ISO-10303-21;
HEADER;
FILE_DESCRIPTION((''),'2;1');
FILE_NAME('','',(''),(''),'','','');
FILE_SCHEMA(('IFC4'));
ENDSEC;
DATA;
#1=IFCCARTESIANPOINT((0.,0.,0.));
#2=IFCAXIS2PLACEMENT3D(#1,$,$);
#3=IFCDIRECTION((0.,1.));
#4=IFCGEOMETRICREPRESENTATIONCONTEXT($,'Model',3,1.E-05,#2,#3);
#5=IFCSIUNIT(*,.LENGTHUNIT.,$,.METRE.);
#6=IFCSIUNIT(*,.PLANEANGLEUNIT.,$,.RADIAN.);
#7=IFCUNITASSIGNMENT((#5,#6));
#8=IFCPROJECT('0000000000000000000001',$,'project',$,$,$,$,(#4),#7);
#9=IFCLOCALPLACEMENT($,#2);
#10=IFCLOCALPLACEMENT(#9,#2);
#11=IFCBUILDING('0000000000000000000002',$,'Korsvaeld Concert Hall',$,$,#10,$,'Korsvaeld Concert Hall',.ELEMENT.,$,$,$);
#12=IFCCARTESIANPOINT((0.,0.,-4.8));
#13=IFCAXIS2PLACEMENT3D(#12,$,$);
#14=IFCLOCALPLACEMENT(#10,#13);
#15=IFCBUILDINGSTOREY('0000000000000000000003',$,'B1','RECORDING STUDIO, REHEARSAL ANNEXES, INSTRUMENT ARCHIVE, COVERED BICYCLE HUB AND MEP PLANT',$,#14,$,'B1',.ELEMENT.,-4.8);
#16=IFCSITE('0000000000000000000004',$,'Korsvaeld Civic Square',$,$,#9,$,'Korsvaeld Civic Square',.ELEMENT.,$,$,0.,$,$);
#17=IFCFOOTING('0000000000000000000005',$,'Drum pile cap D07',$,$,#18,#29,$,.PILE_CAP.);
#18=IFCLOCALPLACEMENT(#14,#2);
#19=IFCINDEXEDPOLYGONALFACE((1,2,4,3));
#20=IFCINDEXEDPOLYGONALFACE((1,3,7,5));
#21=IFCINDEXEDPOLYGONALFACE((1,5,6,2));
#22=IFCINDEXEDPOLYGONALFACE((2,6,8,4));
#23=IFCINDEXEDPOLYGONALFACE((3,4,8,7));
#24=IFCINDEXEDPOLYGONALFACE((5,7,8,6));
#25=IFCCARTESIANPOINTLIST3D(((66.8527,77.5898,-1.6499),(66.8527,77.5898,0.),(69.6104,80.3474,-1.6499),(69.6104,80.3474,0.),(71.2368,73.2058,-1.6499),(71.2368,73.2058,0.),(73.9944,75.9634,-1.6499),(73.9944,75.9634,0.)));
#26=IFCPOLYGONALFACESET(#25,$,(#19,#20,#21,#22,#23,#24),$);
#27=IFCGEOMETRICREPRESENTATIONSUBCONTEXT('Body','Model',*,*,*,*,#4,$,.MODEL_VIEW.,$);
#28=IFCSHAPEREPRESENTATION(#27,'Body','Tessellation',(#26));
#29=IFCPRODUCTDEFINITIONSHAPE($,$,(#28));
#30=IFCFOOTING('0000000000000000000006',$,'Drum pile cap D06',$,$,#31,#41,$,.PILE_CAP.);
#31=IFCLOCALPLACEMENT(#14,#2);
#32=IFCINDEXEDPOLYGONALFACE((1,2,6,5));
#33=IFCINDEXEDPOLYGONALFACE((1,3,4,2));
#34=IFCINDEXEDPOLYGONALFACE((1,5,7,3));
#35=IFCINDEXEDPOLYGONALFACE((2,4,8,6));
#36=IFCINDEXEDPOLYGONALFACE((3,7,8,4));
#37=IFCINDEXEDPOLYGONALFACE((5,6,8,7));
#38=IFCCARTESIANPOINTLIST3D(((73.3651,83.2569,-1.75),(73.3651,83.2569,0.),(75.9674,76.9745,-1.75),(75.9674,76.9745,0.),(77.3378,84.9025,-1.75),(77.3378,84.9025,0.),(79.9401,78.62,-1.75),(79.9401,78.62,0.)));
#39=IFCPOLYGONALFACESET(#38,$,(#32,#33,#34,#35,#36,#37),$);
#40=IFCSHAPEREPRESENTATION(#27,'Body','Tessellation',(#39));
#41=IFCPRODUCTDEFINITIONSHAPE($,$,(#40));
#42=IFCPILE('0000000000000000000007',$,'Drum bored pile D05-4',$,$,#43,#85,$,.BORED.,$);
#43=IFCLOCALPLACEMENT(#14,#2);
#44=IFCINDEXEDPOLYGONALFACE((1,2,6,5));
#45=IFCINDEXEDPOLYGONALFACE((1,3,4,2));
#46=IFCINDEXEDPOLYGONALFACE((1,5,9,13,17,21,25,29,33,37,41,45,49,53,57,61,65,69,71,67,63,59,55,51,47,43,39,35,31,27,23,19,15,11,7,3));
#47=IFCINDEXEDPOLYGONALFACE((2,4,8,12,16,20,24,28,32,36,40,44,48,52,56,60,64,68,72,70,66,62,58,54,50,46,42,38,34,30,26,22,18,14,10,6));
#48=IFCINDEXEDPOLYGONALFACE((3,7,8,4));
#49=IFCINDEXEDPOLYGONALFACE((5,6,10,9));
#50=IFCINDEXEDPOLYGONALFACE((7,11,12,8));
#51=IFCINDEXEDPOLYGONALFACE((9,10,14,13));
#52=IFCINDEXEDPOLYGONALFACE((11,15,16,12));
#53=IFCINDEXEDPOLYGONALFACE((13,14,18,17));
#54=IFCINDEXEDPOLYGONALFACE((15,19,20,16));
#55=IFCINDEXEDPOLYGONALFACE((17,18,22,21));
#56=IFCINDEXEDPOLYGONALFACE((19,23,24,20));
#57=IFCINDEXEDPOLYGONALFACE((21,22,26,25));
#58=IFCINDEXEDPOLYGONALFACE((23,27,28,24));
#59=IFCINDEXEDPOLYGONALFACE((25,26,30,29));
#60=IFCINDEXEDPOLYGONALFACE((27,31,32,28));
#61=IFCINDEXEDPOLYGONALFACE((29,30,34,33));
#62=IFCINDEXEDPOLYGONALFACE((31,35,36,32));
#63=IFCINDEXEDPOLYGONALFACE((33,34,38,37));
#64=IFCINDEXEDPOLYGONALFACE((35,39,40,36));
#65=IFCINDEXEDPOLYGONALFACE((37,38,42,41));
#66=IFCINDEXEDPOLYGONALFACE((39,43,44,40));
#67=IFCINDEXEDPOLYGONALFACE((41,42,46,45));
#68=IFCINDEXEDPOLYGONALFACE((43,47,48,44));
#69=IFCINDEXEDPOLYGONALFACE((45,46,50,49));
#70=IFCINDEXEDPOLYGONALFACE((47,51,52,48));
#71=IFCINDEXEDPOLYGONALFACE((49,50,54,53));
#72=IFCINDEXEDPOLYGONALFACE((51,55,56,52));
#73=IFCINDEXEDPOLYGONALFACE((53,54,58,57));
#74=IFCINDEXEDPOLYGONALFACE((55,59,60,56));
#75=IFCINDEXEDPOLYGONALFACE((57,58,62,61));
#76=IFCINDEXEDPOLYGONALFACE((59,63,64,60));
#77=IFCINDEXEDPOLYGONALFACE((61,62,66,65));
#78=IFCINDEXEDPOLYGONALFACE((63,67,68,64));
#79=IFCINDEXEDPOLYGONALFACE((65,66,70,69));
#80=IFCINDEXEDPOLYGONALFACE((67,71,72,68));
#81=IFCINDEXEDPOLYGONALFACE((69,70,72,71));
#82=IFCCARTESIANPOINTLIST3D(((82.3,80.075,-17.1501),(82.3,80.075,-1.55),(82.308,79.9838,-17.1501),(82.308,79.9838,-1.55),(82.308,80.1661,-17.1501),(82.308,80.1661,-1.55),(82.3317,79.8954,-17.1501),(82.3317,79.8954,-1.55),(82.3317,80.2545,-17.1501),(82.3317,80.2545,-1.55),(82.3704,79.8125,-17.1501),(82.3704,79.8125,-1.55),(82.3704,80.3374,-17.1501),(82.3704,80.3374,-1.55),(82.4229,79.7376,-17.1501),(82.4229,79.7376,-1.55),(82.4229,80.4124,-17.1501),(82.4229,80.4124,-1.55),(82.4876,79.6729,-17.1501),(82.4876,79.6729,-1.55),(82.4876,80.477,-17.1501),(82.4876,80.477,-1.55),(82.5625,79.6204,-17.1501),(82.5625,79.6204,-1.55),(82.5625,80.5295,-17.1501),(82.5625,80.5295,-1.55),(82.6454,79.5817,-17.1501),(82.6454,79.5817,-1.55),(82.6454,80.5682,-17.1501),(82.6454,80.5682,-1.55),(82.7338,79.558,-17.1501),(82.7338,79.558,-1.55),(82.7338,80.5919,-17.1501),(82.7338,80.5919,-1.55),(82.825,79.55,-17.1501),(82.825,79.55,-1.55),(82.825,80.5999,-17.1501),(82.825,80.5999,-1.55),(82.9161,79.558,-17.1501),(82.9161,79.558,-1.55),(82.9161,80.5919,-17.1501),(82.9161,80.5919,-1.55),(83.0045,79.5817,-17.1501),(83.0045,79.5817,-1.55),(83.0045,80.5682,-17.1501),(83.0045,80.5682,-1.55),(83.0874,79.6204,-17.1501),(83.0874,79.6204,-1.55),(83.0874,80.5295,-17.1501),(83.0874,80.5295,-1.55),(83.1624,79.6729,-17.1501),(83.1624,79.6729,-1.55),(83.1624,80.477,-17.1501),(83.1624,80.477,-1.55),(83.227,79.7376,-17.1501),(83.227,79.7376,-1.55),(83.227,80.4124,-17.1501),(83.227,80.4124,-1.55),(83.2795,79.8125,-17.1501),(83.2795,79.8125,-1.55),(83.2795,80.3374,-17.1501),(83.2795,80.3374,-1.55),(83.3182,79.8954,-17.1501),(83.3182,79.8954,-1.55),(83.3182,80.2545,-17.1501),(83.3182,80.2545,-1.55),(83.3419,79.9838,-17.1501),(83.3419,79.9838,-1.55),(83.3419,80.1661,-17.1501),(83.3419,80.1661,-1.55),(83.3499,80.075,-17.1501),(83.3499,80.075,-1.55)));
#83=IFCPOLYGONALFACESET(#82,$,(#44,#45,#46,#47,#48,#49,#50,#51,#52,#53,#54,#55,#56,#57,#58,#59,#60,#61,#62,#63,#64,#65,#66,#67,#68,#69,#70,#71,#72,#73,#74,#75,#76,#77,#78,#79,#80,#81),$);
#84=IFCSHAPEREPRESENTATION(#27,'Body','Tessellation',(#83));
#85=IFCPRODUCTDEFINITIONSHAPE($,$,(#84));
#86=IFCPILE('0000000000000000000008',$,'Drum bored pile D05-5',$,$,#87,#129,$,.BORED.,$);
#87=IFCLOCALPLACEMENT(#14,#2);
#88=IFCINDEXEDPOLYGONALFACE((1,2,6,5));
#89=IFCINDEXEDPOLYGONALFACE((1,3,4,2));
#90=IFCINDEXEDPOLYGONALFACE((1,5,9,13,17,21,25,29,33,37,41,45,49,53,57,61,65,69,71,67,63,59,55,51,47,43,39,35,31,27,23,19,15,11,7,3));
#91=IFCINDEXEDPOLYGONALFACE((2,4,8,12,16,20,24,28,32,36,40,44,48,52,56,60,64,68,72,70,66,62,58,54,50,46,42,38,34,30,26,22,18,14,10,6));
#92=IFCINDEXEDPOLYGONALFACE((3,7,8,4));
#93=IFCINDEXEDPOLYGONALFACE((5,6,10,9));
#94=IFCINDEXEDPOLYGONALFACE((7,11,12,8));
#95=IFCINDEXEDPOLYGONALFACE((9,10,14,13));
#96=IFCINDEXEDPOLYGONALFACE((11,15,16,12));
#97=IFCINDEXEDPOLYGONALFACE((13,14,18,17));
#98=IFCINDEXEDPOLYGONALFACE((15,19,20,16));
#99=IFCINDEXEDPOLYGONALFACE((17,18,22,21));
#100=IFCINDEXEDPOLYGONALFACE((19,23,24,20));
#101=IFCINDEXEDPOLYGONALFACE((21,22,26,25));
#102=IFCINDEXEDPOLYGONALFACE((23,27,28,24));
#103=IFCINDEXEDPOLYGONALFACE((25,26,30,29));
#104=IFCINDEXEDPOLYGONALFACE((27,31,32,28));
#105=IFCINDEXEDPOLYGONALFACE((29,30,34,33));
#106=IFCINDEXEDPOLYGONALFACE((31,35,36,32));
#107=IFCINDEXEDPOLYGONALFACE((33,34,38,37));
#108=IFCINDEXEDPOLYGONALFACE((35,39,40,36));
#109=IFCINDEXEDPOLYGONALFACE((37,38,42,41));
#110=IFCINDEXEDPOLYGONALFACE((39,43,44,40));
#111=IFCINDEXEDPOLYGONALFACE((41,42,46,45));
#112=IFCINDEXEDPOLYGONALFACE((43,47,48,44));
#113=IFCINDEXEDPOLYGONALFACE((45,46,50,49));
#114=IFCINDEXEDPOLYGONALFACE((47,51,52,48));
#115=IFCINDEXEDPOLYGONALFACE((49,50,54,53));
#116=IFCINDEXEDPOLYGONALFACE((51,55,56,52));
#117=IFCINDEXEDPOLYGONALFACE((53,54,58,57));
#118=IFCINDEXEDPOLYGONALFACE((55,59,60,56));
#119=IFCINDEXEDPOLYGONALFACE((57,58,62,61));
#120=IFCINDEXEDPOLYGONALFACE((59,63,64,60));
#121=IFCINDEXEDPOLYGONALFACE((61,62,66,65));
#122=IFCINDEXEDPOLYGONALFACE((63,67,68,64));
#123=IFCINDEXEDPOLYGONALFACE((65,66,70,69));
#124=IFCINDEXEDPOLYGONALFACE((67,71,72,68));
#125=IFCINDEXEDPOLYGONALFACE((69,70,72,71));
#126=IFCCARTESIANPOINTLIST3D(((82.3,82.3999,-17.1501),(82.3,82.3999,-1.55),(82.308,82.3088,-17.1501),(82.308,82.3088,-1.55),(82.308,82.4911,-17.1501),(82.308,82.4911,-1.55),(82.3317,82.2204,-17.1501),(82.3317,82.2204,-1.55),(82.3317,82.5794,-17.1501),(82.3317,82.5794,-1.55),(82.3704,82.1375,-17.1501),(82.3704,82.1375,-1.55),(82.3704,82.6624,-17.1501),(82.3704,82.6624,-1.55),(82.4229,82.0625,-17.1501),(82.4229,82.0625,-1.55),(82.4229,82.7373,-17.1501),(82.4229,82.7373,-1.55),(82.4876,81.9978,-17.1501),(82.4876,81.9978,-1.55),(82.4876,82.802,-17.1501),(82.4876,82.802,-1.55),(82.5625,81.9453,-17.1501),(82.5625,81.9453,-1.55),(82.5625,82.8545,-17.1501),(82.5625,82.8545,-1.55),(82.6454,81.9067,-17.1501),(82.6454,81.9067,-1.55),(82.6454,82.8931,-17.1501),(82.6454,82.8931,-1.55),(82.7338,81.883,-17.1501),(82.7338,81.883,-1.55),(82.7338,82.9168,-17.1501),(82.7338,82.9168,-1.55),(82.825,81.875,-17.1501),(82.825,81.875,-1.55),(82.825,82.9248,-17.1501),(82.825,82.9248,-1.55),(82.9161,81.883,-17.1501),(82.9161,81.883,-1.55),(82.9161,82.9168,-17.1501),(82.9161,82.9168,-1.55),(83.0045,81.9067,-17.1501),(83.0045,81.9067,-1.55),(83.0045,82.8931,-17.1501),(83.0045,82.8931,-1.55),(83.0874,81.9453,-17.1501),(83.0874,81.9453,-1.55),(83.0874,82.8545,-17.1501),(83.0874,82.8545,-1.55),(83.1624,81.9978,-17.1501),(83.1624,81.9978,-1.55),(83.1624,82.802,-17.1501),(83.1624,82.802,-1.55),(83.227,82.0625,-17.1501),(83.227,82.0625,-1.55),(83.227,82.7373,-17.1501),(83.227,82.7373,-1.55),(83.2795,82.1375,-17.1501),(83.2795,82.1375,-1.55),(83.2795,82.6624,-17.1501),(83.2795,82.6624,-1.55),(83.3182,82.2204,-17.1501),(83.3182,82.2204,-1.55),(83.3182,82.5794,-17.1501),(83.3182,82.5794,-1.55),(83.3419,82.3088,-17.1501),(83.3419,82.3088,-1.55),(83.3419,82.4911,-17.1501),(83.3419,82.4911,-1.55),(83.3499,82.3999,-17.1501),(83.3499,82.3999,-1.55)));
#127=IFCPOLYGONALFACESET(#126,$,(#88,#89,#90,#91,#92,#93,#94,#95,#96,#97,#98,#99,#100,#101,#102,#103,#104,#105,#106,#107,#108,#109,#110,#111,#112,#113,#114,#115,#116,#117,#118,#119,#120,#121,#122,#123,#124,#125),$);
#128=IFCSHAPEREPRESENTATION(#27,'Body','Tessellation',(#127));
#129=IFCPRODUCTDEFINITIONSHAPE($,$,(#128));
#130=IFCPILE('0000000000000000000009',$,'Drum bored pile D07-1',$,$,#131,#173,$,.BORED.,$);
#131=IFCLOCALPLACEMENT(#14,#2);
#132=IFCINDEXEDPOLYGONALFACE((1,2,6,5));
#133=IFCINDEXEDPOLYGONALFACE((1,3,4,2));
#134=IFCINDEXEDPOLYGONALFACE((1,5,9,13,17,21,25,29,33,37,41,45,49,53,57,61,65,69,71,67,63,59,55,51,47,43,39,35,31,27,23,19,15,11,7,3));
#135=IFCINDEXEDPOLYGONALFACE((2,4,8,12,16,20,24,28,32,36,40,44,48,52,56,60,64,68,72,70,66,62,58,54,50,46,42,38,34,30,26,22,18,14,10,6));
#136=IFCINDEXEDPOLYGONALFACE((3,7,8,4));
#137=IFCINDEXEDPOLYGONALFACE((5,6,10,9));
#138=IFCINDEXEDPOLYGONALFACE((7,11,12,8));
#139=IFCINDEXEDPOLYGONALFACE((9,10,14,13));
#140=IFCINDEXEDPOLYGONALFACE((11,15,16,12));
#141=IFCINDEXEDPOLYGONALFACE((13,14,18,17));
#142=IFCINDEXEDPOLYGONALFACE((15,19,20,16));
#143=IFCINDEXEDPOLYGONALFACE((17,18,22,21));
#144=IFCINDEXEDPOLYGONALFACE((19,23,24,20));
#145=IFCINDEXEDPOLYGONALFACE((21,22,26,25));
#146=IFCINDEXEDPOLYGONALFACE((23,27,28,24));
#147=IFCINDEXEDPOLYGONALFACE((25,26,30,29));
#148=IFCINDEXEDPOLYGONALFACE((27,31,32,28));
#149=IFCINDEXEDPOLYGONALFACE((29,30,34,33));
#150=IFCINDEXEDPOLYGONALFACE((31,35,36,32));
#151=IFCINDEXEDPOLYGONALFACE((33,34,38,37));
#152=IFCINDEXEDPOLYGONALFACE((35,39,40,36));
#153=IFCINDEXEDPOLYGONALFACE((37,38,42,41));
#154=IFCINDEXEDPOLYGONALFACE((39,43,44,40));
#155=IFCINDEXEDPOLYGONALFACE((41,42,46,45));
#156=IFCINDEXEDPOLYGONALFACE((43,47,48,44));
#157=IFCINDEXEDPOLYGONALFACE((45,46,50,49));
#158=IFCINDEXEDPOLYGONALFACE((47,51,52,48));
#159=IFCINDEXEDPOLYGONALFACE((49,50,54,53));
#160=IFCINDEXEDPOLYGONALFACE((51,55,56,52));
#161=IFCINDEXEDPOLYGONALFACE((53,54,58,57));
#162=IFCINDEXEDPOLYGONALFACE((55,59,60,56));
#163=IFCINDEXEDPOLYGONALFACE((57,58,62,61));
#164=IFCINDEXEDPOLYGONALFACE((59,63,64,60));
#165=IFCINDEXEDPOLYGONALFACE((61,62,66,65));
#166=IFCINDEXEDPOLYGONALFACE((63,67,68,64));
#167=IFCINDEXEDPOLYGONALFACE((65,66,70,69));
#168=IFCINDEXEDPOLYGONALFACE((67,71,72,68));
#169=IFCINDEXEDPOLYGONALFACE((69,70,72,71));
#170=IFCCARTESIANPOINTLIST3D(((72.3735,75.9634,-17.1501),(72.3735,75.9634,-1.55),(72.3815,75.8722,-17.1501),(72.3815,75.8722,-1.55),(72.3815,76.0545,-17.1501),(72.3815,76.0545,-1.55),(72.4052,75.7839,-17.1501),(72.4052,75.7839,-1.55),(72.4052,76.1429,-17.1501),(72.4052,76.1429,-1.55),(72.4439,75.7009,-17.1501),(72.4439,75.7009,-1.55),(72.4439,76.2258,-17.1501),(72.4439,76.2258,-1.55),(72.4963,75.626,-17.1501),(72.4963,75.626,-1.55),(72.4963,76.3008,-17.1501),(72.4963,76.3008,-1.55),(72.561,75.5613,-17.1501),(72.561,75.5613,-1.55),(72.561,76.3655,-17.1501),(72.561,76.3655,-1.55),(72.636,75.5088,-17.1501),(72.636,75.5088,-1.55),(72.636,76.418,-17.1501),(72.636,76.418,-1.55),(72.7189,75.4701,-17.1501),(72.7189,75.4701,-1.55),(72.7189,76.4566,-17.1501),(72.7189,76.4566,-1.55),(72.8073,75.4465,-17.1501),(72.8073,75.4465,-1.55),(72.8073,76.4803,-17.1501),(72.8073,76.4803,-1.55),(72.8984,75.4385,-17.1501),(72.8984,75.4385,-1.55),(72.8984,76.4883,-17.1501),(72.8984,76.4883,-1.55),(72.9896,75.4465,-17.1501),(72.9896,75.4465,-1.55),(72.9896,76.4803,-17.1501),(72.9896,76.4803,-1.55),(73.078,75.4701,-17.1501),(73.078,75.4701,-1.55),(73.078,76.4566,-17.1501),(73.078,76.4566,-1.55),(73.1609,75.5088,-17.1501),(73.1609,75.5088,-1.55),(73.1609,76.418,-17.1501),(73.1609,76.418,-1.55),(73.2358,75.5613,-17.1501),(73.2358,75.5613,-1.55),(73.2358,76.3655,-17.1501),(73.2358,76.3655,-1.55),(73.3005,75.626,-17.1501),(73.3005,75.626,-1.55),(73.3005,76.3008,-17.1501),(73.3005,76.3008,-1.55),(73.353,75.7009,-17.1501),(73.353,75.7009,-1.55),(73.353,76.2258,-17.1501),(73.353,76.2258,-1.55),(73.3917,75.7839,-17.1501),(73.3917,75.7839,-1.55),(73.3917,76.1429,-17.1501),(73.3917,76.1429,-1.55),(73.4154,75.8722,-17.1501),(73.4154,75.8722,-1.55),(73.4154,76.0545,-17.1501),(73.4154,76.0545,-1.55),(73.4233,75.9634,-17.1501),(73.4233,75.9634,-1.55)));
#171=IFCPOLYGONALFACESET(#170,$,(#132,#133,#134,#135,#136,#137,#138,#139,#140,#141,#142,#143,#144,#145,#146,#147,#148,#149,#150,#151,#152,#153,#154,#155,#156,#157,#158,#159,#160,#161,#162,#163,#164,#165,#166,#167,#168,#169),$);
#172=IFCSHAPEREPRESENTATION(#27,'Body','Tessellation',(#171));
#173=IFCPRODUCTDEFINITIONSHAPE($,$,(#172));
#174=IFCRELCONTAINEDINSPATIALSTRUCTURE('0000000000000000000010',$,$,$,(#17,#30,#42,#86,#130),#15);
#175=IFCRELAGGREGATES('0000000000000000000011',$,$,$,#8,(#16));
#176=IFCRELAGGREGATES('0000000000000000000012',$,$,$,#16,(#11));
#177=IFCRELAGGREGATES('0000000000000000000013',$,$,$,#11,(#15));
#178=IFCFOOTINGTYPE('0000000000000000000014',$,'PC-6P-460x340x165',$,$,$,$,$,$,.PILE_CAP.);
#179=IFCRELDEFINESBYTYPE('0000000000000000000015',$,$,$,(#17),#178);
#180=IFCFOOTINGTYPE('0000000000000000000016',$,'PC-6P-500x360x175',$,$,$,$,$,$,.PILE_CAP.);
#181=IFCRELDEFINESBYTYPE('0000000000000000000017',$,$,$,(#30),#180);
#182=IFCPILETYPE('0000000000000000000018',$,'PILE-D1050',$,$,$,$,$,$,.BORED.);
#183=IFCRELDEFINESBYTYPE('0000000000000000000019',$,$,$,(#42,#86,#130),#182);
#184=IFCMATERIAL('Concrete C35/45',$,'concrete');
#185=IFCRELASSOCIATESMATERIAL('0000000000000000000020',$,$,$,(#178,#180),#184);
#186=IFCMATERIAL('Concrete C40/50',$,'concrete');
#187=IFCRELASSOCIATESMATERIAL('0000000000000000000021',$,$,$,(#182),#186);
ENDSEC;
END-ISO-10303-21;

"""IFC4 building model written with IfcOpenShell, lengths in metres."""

from ifc_helpers import new_model, si_unit, direction, frame, origin, origin_2d, place, context, subcontext, project, spatial, rectangle, circle, extrude, material, material_profile, profile_set, type_object, element, save


model = new_model("IFC4")

# Units and contexts
model_context = context("Model", 3, precision=1e-05, world=origin(), true_north=direction((0.0, 1.0)))
body_context = subcontext(model_context, "Body", "Model", "MODEL_VIEW")
ifc_project = project(units=[si_unit("LENGTHUNIT", "METRE"), si_unit("PLANEANGLEUNIT", "RADIAN")], contexts=[model_context])

# Site, building, storey
site_placement = place(None, origin())
site = spatial("IfcSite", under=ifc_project, at=site_placement, Name="Korsvaeld Civic Square", LongName="Korsvaeld Civic Square", CompositionType="ELEMENT", RefElevation=0.0)
building_placement = place(site_placement, origin())
building = spatial("IfcBuilding", under=site, at=building_placement, Name="Korsvaeld Concert Hall", LongName="Korsvaeld Concert Hall", CompositionType="ELEMENT")
storey_placement = place(building_placement, frame((0.0, 0.0, -4.8)))
storey = spatial("IfcBuildingStorey", under=building, at=storey_placement, Name="B1", Description="RECORDING STUDIO, REHEARSAL ANNEXES, INSTRUMENT ARCHIVE, COVERED BICYCLE HUB AND MEP PLANT", LongName="B1", CompositionType="ELEMENT", Elevation=-4.8)

# Footings
ifc_material_1 = material(Name="Concrete C35/45", Category="concrete")
footing_type_1 = type_object("IfcFootingType", Name="PC-6P-460x340x165", PredefinedType="PILE_CAP", material=ifc_material_1)
footing_1_placement = place(storey_placement, frame((70.4236, 76.7766, -1.6499), z_axis=(0.0, 0.0, 1.0), x_axis=(-0.707107, 0.707107, 0.0)))
element("IfcFooting", 1, at=footing_1_placement, inside=storey, type_object=footing_type_1, Name="Drum pile cap D07", PredefinedType="PILE_CAP", context=body_context, shape_type="SweptSolid", body=[
    extrude(rectangle(XDim=6.2, YDim=3.8999, at=origin_2d()), origin(), (0.0, 0.0, 1.0), 1.6499),
])
footing_type_2 = type_object("IfcFootingType", Name="PC-6P-500x360x175", PredefinedType="PILE_CAP", material=ifc_material_1)
footing_2_placement = place(storey_placement, frame((76.6526, 80.9385, -1.75), z_axis=(0.0, 0.0, 1.0), x_axis=(-0.382683, 0.92388, 0.0)))
element("IfcFooting", 2, at=footing_2_placement, inside=storey, type_object=footing_type_2, Name="Drum pile cap D06", PredefinedType="PILE_CAP", context=body_context, shape_type="SweptSolid", body=[
    extrude(rectangle(XDim=6.8, YDim=4.3, at=origin_2d()), origin(), (0.0, 0.0, 1.0), 1.75),
])

# Piles
ifc_material_2 = material(Name="Concrete C40/50", Category="concrete")
ifc_material_profile_1 = material_profile(ifc_material_2, circle(Radius=0.5249, at=origin_2d()), Name="BORED PILE D1050")
ifc_profile_set_1 = profile_set([ifc_material_profile_1], Name="Concrete C40/50")
pile_type_1 = type_object("IfcPileType", Name="PILE-D1050", PredefinedType="BORED", material=ifc_profile_set_1)
for number, where, z_axis, x_axis, name in (
    (3, (82.825, 80.075, -1.55), (0.0, 0.0, -1.0), (1.0, 0.0, 0.0), "Drum bored pile D05-4"),
    (4, (82.825, 82.3999, -1.55), (0.0, 0.0, -1.0), (1.0, 0.0, 0.0), "Drum bored pile D05-5"),
    (5, (72.8984, 75.9634, -1.55), (0.0, 0.0, -1.0), (1.0, 0.0, 0.0), "Drum bored pile D07-1"),
):
    element("IfcPile", number, at=place(storey_placement, frame(where, z_axis=z_axis, x_axis=x_axis)), inside=storey, type_object=pile_type_1, Name=name, PredefinedType="BORED", context=body_context, shape_type="SweptSolid", body=[
        extrude(circle(Radius=0.5249, at=origin_2d()), origin(), (0.0, 0.0, 1.0), 15.6001),
    ])

save(model, "model.ifc")
